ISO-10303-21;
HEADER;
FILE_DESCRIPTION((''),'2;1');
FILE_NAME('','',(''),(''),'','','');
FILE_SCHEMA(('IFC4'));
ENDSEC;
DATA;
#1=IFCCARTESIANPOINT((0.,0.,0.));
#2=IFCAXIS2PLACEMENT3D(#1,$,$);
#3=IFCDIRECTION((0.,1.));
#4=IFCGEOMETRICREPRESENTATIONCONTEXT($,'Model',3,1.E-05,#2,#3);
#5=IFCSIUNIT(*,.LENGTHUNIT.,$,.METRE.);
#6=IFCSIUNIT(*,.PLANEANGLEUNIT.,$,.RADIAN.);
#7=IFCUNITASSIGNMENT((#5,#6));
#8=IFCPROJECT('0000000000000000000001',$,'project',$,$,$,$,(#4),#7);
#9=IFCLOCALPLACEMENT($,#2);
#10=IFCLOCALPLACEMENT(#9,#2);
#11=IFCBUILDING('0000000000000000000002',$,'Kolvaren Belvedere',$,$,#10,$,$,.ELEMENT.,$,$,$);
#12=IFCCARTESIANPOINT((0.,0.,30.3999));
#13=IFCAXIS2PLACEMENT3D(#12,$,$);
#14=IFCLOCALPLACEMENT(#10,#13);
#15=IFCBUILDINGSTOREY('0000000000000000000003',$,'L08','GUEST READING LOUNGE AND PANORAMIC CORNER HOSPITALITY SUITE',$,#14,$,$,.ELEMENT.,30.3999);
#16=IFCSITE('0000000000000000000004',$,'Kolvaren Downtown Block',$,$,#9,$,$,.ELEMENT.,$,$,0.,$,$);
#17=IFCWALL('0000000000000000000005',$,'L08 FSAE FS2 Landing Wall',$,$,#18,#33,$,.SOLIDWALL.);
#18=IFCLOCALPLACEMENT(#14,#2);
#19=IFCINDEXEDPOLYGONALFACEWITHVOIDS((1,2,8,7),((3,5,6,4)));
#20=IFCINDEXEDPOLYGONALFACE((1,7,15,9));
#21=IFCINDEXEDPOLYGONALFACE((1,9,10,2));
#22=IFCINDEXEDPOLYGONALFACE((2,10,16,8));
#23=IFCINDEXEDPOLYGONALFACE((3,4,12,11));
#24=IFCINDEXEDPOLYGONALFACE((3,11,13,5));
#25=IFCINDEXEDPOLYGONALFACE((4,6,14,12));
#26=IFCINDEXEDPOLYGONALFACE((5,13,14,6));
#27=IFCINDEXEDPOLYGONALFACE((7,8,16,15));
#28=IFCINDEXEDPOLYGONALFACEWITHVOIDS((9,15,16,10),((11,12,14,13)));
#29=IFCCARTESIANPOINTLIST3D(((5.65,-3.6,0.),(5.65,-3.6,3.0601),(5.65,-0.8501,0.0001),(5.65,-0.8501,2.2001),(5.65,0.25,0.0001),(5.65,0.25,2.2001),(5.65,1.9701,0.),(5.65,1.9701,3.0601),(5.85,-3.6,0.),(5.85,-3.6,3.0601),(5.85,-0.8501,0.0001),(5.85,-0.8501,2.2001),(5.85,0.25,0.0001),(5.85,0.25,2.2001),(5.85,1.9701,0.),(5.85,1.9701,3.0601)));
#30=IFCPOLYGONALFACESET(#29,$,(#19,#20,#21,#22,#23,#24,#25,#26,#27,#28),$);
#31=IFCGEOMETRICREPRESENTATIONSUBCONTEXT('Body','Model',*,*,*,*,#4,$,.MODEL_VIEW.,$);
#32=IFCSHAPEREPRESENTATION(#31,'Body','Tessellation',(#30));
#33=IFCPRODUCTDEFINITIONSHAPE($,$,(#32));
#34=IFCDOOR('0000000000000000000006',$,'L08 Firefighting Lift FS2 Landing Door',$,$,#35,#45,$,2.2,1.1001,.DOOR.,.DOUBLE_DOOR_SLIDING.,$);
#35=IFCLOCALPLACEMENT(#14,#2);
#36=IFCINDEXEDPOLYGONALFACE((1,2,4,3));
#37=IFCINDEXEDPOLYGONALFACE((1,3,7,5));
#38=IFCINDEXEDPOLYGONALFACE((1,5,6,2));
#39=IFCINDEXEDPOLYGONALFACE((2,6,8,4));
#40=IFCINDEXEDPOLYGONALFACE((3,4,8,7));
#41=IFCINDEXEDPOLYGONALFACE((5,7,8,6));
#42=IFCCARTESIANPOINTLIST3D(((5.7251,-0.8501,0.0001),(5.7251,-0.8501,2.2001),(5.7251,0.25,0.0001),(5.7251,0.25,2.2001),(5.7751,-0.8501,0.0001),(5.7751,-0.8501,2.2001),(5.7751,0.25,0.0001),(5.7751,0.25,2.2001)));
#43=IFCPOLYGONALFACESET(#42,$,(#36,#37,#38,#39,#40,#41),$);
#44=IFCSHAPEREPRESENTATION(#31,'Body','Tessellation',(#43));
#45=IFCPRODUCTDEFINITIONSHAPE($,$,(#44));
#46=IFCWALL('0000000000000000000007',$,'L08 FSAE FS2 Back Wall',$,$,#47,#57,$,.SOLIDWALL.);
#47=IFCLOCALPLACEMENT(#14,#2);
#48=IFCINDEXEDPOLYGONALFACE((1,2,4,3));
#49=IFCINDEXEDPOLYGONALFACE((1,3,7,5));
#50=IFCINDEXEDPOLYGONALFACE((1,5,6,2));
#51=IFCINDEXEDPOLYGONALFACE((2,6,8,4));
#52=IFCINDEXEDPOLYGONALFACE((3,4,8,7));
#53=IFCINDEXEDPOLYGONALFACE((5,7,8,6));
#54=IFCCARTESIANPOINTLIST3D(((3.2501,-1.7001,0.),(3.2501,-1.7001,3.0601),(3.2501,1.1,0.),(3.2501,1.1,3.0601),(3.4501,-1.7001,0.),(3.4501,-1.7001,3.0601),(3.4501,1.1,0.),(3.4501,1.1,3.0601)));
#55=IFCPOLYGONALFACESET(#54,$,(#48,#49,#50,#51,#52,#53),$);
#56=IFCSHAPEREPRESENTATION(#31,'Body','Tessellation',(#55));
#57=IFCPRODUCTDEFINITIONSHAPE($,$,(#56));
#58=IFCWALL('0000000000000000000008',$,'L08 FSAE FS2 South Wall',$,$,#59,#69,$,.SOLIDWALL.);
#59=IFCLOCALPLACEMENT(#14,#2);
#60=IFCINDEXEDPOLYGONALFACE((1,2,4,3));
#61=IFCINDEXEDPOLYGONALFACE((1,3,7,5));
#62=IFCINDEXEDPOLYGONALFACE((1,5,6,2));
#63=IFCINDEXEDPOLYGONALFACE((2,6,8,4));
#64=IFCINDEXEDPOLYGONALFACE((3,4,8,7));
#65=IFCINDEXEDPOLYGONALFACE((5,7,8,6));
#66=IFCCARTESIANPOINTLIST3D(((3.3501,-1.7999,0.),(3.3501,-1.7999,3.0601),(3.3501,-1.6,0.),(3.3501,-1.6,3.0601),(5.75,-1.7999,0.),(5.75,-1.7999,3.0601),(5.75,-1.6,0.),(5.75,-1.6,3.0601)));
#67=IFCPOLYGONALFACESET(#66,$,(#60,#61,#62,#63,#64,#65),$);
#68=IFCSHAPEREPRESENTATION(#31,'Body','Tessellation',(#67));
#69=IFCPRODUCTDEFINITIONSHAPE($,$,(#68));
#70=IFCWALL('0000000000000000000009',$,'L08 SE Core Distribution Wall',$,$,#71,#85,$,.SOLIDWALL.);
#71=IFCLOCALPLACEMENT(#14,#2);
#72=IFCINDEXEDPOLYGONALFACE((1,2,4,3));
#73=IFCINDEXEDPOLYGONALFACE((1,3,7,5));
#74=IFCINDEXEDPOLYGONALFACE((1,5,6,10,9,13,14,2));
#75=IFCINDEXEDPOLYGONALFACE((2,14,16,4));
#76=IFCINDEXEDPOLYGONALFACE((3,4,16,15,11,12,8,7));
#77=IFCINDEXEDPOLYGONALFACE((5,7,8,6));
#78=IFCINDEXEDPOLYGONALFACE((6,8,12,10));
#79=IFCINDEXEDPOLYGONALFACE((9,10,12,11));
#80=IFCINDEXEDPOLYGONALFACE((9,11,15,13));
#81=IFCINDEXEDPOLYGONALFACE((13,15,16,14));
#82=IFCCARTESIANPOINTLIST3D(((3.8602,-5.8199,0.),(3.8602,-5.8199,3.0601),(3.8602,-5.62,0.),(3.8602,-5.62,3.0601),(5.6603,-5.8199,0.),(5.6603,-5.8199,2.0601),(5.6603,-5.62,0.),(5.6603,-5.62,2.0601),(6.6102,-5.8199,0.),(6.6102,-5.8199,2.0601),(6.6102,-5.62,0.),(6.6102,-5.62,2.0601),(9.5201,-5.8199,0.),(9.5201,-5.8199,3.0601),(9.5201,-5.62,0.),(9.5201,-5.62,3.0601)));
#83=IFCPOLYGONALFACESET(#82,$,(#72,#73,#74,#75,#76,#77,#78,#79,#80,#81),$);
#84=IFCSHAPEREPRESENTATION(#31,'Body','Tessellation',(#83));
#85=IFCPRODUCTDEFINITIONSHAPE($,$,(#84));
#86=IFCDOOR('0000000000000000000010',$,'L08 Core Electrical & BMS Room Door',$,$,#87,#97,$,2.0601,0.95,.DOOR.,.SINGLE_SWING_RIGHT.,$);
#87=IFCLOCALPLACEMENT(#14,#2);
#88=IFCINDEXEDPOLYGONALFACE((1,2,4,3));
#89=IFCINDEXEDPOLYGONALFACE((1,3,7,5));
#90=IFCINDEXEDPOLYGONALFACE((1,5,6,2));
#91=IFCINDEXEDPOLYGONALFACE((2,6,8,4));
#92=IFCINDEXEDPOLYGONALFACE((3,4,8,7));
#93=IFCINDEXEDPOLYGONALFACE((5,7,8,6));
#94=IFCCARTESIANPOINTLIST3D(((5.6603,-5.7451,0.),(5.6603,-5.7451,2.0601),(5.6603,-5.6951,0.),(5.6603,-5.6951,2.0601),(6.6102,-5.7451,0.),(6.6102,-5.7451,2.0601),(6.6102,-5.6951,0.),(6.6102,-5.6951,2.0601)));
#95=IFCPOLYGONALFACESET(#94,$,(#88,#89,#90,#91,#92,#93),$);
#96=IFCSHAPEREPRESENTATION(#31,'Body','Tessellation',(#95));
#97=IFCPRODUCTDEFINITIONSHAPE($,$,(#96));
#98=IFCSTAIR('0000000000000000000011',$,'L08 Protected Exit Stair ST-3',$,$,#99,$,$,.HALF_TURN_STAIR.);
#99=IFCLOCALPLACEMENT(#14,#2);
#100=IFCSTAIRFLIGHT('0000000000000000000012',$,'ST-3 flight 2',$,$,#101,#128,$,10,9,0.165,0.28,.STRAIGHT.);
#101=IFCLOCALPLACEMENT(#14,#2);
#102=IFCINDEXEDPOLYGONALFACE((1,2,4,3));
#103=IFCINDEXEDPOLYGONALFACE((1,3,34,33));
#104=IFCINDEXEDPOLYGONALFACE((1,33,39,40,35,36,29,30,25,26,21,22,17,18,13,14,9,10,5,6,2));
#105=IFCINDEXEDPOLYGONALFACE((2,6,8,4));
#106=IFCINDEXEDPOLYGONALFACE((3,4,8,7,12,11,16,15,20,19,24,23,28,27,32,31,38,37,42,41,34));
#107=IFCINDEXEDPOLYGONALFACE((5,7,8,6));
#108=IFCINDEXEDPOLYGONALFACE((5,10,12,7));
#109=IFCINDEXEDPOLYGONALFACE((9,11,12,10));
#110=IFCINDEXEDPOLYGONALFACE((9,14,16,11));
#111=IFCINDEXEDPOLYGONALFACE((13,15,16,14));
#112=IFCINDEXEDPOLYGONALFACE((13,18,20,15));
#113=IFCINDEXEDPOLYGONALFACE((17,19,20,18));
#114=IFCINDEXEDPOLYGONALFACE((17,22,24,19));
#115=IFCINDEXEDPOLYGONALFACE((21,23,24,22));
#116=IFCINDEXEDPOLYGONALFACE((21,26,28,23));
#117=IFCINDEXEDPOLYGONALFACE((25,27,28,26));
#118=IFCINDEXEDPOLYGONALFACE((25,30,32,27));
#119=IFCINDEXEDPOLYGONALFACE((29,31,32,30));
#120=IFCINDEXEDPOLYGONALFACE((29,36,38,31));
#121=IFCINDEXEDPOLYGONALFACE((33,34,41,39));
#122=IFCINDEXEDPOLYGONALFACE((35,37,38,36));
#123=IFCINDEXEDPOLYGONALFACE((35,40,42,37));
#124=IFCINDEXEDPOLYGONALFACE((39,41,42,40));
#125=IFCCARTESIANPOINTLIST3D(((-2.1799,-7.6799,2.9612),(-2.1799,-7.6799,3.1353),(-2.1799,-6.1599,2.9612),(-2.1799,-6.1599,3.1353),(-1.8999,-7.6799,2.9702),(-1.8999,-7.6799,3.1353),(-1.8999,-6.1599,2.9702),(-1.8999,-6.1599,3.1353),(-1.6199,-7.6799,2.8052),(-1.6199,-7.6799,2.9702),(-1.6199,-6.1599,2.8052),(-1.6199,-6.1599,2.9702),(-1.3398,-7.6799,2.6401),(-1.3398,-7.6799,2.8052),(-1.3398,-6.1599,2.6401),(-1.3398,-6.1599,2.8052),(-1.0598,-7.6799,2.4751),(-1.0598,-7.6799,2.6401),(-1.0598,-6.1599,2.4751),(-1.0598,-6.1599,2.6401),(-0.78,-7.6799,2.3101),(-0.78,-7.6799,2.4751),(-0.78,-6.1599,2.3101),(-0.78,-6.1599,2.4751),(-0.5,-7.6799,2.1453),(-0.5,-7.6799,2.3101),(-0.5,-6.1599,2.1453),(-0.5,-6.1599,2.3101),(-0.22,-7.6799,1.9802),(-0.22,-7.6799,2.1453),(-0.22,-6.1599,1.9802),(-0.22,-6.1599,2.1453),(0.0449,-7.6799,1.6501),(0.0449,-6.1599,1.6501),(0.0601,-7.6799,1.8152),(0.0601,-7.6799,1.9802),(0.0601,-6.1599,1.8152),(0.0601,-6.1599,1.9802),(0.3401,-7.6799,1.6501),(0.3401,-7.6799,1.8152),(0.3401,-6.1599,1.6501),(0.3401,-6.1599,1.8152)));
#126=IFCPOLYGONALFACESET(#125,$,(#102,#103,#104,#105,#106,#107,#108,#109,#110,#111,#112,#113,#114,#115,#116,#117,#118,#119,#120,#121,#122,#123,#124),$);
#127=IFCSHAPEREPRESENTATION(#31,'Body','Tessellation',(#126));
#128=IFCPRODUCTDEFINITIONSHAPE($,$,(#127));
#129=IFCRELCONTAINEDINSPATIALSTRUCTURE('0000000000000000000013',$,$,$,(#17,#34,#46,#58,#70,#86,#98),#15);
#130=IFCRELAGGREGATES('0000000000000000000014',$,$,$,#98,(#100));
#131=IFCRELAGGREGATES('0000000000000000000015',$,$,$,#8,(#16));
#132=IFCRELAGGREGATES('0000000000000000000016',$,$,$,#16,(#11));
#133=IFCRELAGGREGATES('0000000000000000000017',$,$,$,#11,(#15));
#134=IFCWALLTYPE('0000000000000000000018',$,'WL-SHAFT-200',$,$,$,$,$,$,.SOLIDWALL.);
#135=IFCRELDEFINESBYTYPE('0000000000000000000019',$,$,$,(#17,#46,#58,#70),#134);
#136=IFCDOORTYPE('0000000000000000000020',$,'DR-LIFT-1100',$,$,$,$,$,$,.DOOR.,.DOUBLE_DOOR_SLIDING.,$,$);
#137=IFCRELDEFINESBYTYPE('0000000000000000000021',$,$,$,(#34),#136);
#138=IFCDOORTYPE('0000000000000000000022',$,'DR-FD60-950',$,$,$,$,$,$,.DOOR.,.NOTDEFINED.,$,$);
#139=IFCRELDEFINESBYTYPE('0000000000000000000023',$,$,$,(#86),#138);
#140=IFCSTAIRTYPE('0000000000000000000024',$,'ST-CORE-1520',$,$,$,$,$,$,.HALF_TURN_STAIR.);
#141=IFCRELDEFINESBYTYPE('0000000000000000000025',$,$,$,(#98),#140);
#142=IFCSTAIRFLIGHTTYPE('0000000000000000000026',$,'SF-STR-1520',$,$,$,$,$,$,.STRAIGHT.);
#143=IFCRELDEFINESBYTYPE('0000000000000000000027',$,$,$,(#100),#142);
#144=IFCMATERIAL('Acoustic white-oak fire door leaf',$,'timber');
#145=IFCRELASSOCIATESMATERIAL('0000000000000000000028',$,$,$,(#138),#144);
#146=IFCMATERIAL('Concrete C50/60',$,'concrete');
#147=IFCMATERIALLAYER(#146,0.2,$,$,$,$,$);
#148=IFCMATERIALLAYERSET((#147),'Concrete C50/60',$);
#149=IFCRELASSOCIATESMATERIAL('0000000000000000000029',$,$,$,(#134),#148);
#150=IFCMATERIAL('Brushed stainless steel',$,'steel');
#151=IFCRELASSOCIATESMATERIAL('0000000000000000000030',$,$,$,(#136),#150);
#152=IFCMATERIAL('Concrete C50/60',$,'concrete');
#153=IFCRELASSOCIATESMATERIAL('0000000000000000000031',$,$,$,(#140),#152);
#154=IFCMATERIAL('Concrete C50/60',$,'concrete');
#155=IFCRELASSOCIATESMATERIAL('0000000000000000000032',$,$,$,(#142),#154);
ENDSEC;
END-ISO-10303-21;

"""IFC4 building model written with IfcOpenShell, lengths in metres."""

from ifc_helpers import new_model, si_unit, direction, frame, frame_2d, origin, place, context, subcontext, project, spatial, polyline, rectangle, outline, extrude, material, layer, layer_set, type_object, element, fill, aggregate, save


model = new_model("IFC4")

# Units and contexts
model_context = context("Model", 3, precision=1e-05, world=origin(), true_north=direction((0.0, 1.0)))
body_context = subcontext(model_context, "Body", "Model", "MODEL_VIEW")
ifc_project = project(units=[si_unit("LENGTHUNIT", "METRE"), si_unit("PLANEANGLEUNIT", "RADIAN")], contexts=[model_context])

# Site, building, storey
site_placement = place(None, origin())
site = spatial("IfcSite", under=ifc_project, at=site_placement, Name="Kolvaren Downtown Block", CompositionType="ELEMENT", RefElevation=0.0)
building_placement = place(site_placement, origin())
building = spatial("IfcBuilding", under=site, at=building_placement, Name="Kolvaren Belvedere", CompositionType="ELEMENT")
storey_placement = place(building_placement, frame((0.0, 0.0, 30.3999)))
storey = spatial("IfcBuildingStorey", under=building, at=storey_placement, Name="L08", Description="GUEST READING LOUNGE AND PANORAMIC CORNER HOSPITALITY SUITE", CompositionType="ELEMENT", Elevation=30.3999)

# Wall, opening, door
ifc_material_1 = material(Name="Acoustic white-oak fire door leaf", Category="timber")
door_type_1 = type_object("IfcDoorType", Name="DR-FD60-950", OperationType="NOTDEFINED", PredefinedType="DOOR", material=ifc_material_1)
ifc_material_2 = material(Name="Concrete C50/60", Category="concrete")
ifc_layer_1 = layer(ifc_material_2, 0.2)
ifc_layer_set_1 = layer_set([ifc_layer_1], Name="Concrete C50/60")
wall_type_1 = type_object("IfcWallType", Name="WL-SHAFT-200", PredefinedType="SOLIDWALL", material=ifc_layer_set_1)
wall_1_placement = place(storey_placement, frame((5.75, -3.6001, 0.0), z_axis=(0.0, 0.0, 1.0), x_axis=(0.0, 1.0, 0.0)))
wall_1 = element("IfcWall", 1, at=wall_1_placement, inside=storey, type_object=wall_type_1, Name="L08 FSAE FS2 Landing Wall", PredefinedType="SOLIDWALL", context=body_context, shape_type="SweptSolid", body=[
    extrude(rectangle(XDim=5.5701, YDim=0.2, at=frame_2d((2.7852, 0.0))), origin(), (0.0, 0.0, 1.0), 3.0601),
])
opening_1_placement = place(wall_1_placement, frame((2.75, 0.0, 0.0)))
opening_1 = element("IfcOpeningElement", 2, at=opening_1_placement, cuts=wall_1, PredefinedType="OPENING", context=body_context, shape_type="SweptSolid", body=[
    extrude(rectangle(XDim=1.1001, YDim=2.2, at=frame_2d((0.55, 1.1001))), frame((0.0, 0.1099, 0.0), z_axis=(0.0, -1.0, 0.0), x_axis=(1.0, 0.0, 0.0)), (0.0, 0.0, 1.0), 0.22),
])
ifc_material_3 = material(Name="Brushed stainless steel", Category="steel")
door_type_2 = type_object("IfcDoorType", Name="DR-LIFT-1100", OperationType="DOUBLE_DOOR_SLIDING", PredefinedType="DOOR", material=ifc_material_3)
door_1_placement = place(opening_1_placement, origin())
door_1 = element("IfcDoor", 3, at=door_1_placement, inside=storey, type_object=door_type_2, Name="L08 Firefighting Lift FS2 Landing Door", OperationType="DOUBLE_DOOR_SLIDING", OverallHeight=2.2, OverallWidth=1.1001, PredefinedType="DOOR", context=body_context, shape_type="SweptSolid", body=[
    extrude(rectangle(XDim=1.1001, YDim=2.2, at=frame_2d((0.55, 1.1001))), frame((0.0, 0.0249, 0.0), z_axis=(0.0, -1.0, 0.0), x_axis=(1.0, 0.0, 0.0)), (0.0, 0.0, 1.0), 0.05),
])
fill(opening_1, door_1)

# Walls
wall_2_placement = place(storey_placement, frame((3.3501, -1.7, 0.0), z_axis=(0.0, 0.0, 1.0), x_axis=(0.0, 1.0, 0.0)))
element("IfcWall", 4, at=wall_2_placement, inside=storey, type_object=wall_type_1, Name="L08 FSAE FS2 Back Wall", PredefinedType="SOLIDWALL", context=body_context, shape_type="SweptSolid", body=[
    extrude(rectangle(XDim=2.8, YDim=0.2, at=frame_2d((1.3999, 0.0))), origin(), (0.0, 0.0, 1.0), 3.0601),
])
wall_3_placement = place(storey_placement, frame((3.3501, -1.7, 0.0), z_axis=(0.0, 0.0, 1.0), x_axis=(1.0, 0.0, 0.0)))
element("IfcWall", 5, at=wall_3_placement, inside=storey, type_object=wall_type_1, Name="L08 FSAE FS2 South Wall", PredefinedType="SOLIDWALL", context=body_context, shape_type="SweptSolid", body=[
    extrude(rectangle(XDim=2.3999, YDim=0.2, at=frame_2d((1.2, 0.0))), origin(), (0.0, 0.0, 1.0), 3.0601),
])

# Wall, opening, door
wall_4_placement = place(storey_placement, frame((3.8601, -5.72, 0.0), z_axis=(0.0, 0.0, 1.0), x_axis=(1.0, 0.0, 0.0)))
wall_4 = element("IfcWall", 6, at=wall_4_placement, inside=storey, type_object=wall_type_1, Name="L08 SE Core Distribution Wall", PredefinedType="SOLIDWALL", context=body_context, shape_type="SweptSolid", body=[
    extrude(rectangle(XDim=5.6599, YDim=0.2, at=frame_2d((2.8301, 0.0))), origin(), (0.0, 0.0, 1.0), 3.0601),
])
opening_2_placement = place(wall_4_placement, frame((1.8, 0.0, 0.0)))
opening_2 = element("IfcOpeningElement", 7, at=opening_2_placement, cuts=wall_4, PredefinedType="OPENING", context=body_context, shape_type="SweptSolid", body=[
    extrude(rectangle(XDim=0.95, YDim=2.0601, at=frame_2d((0.4751, 1.03))), frame((0.0, 0.1099, 0.0), z_axis=(0.0, -1.0, 0.0), x_axis=(1.0, 0.0, 0.0)), (0.0, 0.0, 1.0), 0.22),
])
door_2_placement = place(opening_2_placement, origin())
door_2 = element("IfcDoor", 8, at=door_2_placement, inside=storey, type_object=door_type_1, Name="L08 Core Electrical & BMS Room Door", OperationType="SINGLE_SWING_RIGHT", OverallHeight=2.0601, OverallWidth=0.95, PredefinedType="DOOR", context=body_context, shape_type="SweptSolid", body=[
    extrude(rectangle(XDim=0.95, YDim=2.0601, at=frame_2d((0.4751, 1.03))), frame((0.0, 0.0249, 0.0), z_axis=(0.0, -1.0, 0.0), x_axis=(1.0, 0.0, 0.0)), (0.0, 0.0, 1.0), 0.05),
])
fill(opening_2, door_2)

# Stair, stair flight
ifc_material_4 = material(Name="Concrete C50/60", Category="concrete")
stair_type = type_object("IfcStairType", Name="ST-CORE-1520", PredefinedType="HALF_TURN_STAIR", material=ifc_material_4)
stair_placement = place(storey_placement, origin())
stair = element("IfcStair", 9, at=stair_placement, inside=storey, type_object=stair_type, Name="L08 Protected Exit Stair ST-3", PredefinedType="HALF_TURN_STAIR")
ifc_material_5 = material(Name="Concrete C50/60", Category="concrete")
stair_flight_type = type_object("IfcStairFlightType", Name="SF-STR-1520", PredefinedType="STRAIGHT", material=ifc_material_5)
stair_flight_placement = place(storey_placement, frame((0.3401, -6.9199, 1.6501), z_axis=(0.0, 0.0, 1.0), x_axis=(-1.0, 0.0, 0.0)))
stair_flight = element("IfcStairFlight", 10, at=stair_flight_placement, type_object=stair_flight_type, Name="ST-3 flight 2", NumberOfRisers=10, NumberOfTreads=9, PredefinedType="STRAIGHT", RiserHeight=0.165, TreadLength=0.28, context=body_context, shape_type="SweptSolid", body=[
    extrude(outline(polyline([(0.0, 0.0), (0.0, 0.165), (0.28, 0.165), (0.28, 0.3301), (0.5601, 0.3301), (0.5601, 0.4951), (0.8401, 0.4951), (0.8401, 0.6599), (1.1201, 0.6599), (1.1201, 0.825), (1.3999, 0.825), (1.3999, 0.99), (1.6799, 0.99), (1.6799, 1.155), (1.96, 1.155), (1.96, 1.3201), (2.24, 1.3201), (2.24, 1.4851), (2.52, 1.4851), (2.52, 1.6499), (2.52, 1.311), (0.2952, 0.0), (0.0, 0.0)])), frame((0.0, 0.76, 0.0), z_axis=(0.0, -1.0, 0.0), x_axis=(1.0, 0.0, 0.0)), (0.0, 0.0, 1.0), 1.52),
])
aggregate(stair, [stair_flight])

save(model, "model.ifc")
